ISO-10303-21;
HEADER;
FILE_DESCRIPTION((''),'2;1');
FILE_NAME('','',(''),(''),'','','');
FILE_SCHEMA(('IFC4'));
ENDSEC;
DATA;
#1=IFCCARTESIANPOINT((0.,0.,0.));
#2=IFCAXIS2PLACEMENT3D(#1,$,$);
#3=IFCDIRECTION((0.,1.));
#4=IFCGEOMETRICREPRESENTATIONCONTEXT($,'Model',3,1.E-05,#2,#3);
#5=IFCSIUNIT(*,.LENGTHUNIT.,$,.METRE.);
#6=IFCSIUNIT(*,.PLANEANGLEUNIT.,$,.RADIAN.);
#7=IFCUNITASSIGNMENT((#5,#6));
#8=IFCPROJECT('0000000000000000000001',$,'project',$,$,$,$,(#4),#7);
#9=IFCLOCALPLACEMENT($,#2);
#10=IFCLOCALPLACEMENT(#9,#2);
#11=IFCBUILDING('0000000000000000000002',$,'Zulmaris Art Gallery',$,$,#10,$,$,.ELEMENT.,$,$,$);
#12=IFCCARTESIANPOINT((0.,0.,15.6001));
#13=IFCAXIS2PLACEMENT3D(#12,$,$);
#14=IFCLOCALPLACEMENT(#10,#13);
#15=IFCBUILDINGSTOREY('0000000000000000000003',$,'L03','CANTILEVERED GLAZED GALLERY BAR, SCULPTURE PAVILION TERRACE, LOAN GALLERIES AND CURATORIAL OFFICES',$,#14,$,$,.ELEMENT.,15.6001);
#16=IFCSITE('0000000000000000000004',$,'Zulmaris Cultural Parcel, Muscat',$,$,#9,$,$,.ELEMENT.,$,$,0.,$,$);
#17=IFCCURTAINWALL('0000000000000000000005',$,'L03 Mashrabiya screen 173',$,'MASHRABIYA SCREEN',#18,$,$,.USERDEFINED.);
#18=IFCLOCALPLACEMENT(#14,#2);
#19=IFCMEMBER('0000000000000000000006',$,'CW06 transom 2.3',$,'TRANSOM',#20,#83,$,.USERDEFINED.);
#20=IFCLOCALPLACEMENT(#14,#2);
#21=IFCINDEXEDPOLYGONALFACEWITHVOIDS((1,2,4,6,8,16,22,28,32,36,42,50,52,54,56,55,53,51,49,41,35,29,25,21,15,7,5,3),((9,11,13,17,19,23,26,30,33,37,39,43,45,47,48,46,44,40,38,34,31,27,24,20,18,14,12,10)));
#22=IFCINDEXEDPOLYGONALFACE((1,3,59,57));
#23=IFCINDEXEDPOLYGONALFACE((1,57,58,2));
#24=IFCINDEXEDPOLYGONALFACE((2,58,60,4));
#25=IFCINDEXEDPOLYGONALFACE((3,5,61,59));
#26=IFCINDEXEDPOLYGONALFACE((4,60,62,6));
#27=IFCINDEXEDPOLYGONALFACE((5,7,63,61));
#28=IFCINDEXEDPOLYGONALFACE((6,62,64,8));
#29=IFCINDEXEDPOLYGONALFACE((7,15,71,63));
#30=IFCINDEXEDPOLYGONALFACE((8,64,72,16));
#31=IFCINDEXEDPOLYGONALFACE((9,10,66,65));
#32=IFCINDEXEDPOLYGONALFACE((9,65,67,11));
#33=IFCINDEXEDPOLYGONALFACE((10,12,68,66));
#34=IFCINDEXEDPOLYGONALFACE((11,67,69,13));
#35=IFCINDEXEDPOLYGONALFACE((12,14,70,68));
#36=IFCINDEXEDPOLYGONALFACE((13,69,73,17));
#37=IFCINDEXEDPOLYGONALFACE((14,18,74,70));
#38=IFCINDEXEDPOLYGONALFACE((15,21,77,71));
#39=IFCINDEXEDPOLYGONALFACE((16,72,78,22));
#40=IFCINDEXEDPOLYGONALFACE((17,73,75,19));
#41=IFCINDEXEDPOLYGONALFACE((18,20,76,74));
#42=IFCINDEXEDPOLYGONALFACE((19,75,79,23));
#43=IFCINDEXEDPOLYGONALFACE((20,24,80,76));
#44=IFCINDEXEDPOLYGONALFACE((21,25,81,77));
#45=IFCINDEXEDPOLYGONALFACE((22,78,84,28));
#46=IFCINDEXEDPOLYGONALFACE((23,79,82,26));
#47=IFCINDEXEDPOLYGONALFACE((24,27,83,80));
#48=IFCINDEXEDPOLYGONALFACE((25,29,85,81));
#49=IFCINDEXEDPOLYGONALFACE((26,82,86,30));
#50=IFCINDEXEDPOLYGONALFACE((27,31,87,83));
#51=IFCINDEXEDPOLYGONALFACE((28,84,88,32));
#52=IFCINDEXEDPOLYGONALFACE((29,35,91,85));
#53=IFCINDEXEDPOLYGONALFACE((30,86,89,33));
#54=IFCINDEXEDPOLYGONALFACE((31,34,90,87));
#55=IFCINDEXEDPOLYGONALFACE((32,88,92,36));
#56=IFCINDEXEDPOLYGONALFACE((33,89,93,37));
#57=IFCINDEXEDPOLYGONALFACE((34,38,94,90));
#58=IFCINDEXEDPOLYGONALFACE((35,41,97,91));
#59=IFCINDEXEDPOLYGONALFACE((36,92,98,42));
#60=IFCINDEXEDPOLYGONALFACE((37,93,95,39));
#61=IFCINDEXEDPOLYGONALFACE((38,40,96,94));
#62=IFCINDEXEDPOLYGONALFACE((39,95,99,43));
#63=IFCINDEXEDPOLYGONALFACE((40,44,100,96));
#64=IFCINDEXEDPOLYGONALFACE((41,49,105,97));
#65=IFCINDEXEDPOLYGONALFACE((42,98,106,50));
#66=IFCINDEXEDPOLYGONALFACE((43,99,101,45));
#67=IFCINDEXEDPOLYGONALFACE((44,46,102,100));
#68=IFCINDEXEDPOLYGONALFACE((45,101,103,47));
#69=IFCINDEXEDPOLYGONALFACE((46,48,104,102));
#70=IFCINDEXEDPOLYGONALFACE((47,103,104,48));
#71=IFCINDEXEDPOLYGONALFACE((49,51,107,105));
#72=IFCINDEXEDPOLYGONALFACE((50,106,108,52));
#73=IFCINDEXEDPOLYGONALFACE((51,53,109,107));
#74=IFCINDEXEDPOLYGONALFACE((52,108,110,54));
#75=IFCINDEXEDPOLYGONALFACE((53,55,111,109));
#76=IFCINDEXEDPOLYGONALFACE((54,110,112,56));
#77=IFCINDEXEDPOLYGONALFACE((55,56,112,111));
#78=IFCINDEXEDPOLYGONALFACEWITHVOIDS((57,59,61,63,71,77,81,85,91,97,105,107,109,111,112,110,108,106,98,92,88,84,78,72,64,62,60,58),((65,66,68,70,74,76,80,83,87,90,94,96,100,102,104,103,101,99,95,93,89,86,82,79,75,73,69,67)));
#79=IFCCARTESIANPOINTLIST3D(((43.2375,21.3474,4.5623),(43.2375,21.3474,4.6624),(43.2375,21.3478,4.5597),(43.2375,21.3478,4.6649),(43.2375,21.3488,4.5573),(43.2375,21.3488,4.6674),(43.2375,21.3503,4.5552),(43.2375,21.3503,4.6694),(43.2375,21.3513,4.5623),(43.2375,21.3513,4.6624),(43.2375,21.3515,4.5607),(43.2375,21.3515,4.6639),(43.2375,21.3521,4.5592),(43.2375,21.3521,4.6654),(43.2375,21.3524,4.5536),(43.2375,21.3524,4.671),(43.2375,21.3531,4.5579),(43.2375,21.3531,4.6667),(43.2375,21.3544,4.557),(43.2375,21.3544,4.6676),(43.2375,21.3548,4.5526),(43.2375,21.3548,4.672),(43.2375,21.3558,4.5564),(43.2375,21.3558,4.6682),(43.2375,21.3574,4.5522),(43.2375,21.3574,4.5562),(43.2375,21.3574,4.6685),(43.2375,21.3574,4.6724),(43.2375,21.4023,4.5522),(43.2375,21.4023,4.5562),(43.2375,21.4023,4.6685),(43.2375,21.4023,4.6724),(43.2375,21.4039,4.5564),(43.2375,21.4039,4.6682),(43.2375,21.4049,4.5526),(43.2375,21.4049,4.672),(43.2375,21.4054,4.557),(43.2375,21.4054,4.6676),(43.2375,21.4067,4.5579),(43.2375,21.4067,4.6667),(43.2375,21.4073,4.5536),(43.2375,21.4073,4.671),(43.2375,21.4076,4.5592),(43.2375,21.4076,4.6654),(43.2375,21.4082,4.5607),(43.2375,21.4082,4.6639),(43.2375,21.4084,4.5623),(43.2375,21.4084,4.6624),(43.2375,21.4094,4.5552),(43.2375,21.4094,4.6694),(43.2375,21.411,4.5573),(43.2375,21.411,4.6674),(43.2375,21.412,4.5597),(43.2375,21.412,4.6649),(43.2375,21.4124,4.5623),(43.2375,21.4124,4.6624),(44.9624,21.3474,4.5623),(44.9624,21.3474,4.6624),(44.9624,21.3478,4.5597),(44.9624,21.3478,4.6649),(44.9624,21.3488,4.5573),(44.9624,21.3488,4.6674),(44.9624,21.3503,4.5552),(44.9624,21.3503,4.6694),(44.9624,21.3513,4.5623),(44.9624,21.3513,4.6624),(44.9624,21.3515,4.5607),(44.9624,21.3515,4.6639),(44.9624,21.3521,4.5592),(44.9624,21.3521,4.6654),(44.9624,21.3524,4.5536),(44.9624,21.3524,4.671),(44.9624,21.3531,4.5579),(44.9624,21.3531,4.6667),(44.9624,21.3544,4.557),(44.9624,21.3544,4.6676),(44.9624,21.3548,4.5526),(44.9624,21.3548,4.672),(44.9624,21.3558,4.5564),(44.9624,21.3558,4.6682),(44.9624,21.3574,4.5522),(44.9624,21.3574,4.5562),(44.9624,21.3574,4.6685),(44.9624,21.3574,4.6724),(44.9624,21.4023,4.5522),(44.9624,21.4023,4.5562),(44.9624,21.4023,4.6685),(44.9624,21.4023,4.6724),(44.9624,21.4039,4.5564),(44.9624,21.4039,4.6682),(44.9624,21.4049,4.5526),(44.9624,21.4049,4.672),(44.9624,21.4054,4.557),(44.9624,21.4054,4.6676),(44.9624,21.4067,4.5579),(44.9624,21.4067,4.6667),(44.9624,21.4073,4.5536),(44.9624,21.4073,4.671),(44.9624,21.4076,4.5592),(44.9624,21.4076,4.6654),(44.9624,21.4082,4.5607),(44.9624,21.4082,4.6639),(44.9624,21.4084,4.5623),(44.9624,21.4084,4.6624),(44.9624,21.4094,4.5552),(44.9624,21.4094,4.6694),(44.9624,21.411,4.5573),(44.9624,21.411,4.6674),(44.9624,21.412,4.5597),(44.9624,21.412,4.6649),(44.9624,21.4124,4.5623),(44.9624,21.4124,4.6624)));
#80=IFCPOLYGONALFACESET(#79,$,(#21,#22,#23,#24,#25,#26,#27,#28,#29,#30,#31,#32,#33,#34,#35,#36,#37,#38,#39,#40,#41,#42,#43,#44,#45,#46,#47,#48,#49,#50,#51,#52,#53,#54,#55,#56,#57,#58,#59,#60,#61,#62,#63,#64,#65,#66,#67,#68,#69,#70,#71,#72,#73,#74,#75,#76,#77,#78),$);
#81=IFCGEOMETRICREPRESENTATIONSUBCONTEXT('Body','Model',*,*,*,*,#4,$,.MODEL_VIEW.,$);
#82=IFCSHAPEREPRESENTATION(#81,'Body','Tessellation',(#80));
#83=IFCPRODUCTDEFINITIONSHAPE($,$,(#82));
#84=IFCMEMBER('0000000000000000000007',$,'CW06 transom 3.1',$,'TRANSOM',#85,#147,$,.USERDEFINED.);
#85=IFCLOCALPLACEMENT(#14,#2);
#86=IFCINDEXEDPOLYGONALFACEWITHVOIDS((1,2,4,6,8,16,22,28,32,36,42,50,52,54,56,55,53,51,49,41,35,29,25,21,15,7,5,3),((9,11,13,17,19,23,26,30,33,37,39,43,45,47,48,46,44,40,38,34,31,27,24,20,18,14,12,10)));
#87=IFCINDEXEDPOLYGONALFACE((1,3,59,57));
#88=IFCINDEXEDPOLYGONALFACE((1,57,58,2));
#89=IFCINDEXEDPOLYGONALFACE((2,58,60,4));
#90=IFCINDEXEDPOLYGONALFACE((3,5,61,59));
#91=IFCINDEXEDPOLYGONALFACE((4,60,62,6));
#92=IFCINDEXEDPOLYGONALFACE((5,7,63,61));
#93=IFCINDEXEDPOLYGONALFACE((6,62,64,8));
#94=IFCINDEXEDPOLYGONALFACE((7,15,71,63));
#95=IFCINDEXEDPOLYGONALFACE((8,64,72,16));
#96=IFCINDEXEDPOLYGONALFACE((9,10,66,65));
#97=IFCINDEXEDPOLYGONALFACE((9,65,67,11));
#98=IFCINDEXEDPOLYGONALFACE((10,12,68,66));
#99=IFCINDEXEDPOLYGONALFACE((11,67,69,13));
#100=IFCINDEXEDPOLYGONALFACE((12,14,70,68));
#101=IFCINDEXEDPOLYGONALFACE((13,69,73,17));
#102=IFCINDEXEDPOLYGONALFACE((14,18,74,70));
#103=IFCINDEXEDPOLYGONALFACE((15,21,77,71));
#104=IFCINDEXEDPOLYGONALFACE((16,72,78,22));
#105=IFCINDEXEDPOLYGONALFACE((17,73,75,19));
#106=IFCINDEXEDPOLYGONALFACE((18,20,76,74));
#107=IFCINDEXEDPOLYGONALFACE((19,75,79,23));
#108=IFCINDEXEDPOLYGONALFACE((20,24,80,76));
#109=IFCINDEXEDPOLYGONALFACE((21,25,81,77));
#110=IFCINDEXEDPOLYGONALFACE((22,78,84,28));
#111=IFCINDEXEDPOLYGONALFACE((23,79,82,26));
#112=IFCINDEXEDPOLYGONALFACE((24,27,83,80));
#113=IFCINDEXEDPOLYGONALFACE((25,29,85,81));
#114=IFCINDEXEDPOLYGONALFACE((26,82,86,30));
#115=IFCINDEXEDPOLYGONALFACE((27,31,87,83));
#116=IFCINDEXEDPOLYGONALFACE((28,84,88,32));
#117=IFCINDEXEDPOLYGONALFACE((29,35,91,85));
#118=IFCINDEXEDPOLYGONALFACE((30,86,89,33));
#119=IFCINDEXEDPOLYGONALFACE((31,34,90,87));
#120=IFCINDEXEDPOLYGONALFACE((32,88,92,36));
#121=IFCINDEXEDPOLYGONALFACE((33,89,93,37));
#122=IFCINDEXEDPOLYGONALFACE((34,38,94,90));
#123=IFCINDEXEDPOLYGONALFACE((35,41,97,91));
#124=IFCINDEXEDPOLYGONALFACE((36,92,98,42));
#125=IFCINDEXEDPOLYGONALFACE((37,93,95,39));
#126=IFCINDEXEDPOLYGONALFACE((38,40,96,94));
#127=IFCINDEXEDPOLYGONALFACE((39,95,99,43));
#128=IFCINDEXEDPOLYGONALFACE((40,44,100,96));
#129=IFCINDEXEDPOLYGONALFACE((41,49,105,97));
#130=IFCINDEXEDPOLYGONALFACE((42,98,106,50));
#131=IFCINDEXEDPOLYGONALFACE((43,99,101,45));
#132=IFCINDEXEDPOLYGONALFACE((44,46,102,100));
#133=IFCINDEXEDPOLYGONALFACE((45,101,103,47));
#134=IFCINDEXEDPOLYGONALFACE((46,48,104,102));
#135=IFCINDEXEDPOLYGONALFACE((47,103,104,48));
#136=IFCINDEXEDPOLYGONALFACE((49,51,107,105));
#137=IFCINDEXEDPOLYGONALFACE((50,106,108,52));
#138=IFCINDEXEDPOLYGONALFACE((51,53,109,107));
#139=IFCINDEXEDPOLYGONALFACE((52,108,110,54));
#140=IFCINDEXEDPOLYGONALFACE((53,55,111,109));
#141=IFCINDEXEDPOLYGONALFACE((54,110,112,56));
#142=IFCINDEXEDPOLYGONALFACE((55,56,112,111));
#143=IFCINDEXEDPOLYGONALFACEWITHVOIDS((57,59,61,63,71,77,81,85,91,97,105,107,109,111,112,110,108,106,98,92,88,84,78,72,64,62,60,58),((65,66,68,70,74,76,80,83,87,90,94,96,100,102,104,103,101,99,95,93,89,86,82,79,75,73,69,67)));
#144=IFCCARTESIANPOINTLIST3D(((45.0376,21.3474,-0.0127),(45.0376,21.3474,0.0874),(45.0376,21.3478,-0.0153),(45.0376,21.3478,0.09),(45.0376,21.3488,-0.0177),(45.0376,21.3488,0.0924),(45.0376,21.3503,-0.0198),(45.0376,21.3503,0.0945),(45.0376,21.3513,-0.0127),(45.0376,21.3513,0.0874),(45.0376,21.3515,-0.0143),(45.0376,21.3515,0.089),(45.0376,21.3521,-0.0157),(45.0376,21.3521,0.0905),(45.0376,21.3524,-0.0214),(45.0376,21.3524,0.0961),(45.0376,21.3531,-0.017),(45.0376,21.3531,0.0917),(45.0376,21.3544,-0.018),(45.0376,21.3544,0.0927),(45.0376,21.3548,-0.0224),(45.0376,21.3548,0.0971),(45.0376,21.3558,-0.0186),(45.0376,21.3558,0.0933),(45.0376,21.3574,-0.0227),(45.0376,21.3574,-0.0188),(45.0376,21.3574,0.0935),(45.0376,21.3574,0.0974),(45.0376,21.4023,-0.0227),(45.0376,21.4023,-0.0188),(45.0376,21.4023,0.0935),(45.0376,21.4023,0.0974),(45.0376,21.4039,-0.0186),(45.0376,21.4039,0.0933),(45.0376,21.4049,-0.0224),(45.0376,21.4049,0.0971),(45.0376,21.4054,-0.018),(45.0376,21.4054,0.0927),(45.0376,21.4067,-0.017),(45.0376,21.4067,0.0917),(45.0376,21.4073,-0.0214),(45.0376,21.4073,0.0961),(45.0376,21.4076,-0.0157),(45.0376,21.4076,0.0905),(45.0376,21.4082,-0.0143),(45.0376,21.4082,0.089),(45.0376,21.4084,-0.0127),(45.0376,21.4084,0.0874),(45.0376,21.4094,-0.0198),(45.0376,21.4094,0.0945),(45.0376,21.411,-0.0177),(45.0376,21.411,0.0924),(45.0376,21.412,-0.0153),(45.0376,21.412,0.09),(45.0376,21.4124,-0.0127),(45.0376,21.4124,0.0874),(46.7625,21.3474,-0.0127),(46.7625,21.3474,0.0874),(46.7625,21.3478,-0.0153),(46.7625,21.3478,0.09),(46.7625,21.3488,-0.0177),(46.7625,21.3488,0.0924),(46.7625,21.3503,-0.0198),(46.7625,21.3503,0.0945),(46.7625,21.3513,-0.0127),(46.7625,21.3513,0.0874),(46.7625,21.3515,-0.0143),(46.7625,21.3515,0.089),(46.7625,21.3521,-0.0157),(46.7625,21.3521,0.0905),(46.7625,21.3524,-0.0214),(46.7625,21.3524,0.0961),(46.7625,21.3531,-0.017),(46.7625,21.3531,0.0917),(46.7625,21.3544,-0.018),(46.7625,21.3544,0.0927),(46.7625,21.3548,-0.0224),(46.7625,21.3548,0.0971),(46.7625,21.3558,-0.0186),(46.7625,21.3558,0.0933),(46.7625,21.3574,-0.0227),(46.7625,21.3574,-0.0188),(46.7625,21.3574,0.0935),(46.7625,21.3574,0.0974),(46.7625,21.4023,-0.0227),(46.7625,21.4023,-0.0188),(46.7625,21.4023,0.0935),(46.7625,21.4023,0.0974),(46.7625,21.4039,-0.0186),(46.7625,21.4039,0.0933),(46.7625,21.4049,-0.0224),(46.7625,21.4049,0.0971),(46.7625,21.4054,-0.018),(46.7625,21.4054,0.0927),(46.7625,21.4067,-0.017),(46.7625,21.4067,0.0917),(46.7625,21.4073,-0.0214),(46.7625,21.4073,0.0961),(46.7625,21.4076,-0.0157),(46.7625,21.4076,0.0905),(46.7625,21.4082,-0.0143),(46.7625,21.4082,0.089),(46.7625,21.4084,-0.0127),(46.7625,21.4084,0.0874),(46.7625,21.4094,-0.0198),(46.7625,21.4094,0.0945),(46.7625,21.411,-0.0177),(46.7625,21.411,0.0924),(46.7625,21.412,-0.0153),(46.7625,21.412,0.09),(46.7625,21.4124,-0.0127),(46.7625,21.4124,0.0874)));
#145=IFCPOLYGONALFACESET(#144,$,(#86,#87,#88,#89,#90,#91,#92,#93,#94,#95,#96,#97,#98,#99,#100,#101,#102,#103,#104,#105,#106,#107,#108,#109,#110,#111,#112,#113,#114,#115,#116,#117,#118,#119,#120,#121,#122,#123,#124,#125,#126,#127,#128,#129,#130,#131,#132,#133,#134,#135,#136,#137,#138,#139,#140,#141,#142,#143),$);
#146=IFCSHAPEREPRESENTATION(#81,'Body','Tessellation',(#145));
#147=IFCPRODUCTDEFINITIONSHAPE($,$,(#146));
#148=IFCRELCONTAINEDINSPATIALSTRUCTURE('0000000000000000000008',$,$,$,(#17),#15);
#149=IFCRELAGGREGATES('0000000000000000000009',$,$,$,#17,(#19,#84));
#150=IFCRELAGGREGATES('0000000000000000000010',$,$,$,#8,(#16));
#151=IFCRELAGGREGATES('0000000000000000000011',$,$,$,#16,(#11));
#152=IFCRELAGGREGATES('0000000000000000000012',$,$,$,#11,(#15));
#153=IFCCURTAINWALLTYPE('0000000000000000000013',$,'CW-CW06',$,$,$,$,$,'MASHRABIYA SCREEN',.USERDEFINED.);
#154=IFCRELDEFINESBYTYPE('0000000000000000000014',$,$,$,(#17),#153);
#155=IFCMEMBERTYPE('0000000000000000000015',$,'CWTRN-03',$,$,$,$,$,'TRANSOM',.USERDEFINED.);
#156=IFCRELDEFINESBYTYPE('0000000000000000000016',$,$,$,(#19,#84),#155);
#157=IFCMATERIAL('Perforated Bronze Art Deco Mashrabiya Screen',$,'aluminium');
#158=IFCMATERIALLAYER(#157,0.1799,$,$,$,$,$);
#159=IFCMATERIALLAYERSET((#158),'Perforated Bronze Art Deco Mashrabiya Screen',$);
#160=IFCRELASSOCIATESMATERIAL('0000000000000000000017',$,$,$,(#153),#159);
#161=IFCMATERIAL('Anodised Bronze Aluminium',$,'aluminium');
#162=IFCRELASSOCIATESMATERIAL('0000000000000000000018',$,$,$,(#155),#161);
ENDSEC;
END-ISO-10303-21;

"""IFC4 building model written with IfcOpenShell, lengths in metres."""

from ifc_helpers import new_model, si_unit, direction, frame, origin, origin_2d, place, context, subcontext, project, spatial, hollow_rectangle, extrude, material, layer, layer_set, material_profile, profile_set, type_object, element, aggregate, save


model = new_model("IFC4")

# Units and contexts
model_context = context("Model", 3, precision=1e-05, world=origin(), true_north=direction((0.0, 1.0)))
body_context = subcontext(model_context, "Body", "Model", "MODEL_VIEW")
ifc_project = project(units=[si_unit("LENGTHUNIT", "METRE"), si_unit("PLANEANGLEUNIT", "RADIAN")], contexts=[model_context])

# Site, building, storey
site_placement = place(None, origin())
site = spatial("IfcSite", under=ifc_project, at=site_placement, Name="Zulmaris Cultural Parcel, Muscat", CompositionType="ELEMENT", RefElevation=0.0)
building_placement = place(site_placement, origin())
building = spatial("IfcBuilding", under=site, at=building_placement, Name="Zulmaris Art Gallery", CompositionType="ELEMENT")
storey_placement = place(building_placement, frame((0.0, 0.0, 15.6001)))
storey = spatial("IfcBuildingStorey", under=building, at=storey_placement, Name="L03", Description="CANTILEVERED GLAZED GALLERY BAR, SCULPTURE PAVILION TERRACE, LOAN GALLERIES AND CURATORIAL OFFICES", CompositionType="ELEMENT", Elevation=15.6001)

# Curtain wall
ifc_material_1 = material(Name="Anodised Bronze Aluminium", Category="aluminium")
ifc_material_2 = material(Name="Perforated Bronze Art Deco Mashrabiya Screen", Category="aluminium")
ifc_layer_1 = layer(ifc_material_2, 0.1799)
ifc_layer_set_1 = layer_set([ifc_layer_1], Name="Perforated Bronze Art Deco Mashrabiya Screen")
curtain_wall_type_1 = type_object("IfcCurtainWallType", Name="CW-CW06", ElementType="MASHRABIYA SCREEN", PredefinedType="USERDEFINED", material=ifc_layer_set_1)
curtain_wall_1_placement = place(storey_placement, origin())
curtain_wall_1 = element("IfcCurtainWall", 1, at=curtain_wall_1_placement, inside=storey, type_object=curtain_wall_type_1, Name="L03 Mashrabiya screen 173", ObjectType="MASHRABIYA SCREEN", PredefinedType="USERDEFINED")

# Members
ifc_material_profile_1 = material_profile(ifc_material_1, hollow_rectangle(XDim=0.0649, YDim=0.1201, WallThickness=0.0039, InnerFilletRadius=0.0061, OuterFilletRadius=0.01, at=origin_2d()), Name="ALU 65x120x4")
ifc_profile_set_1 = profile_set([ifc_material_profile_1], Name="Anodised Bronze Aluminium")
member_type_1 = type_object("IfcMemberType", Name="CWTRN-03", ElementType="TRANSOM", PredefinedType="USERDEFINED", material=ifc_profile_set_1)
member_1_placement = place(storey_placement, frame((43.2375, 21.3799, 4.6123), z_axis=(1.0, 0.0, 0.0), x_axis=(0.0, 1.0, 0.0)))
member_1 = element("IfcMember", 2, at=member_1_placement, type_object=member_type_1, Name="CW06 transom 2.3", ObjectType="TRANSOM", PredefinedType="USERDEFINED", context=body_context, shape_type="SweptSolid", body=[
    extrude(hollow_rectangle(XDim=0.0649, YDim=0.1201, WallThickness=0.0039, InnerFilletRadius=0.0061, OuterFilletRadius=0.01, at=origin_2d()), origin(), (0.0, 0.0, 1.0), 1.7249),
])
member_2_placement = place(storey_placement, frame((45.0376, 21.3799, 0.0374), z_axis=(1.0, 0.0, 0.0), x_axis=(0.0, 1.0, 0.0)))
member_2 = element("IfcMember", 3, at=member_2_placement, type_object=member_type_1, Name="CW06 transom 3.1", ObjectType="TRANSOM", PredefinedType="USERDEFINED", context=body_context, shape_type="SweptSolid", body=[
    extrude(hollow_rectangle(XDim=0.0649, YDim=0.1201, WallThickness=0.0039, InnerFilletRadius=0.0061, OuterFilletRadius=0.01, at=origin_2d()), origin(), (0.0, 0.0, 1.0), 1.7249),
])

aggregate(curtain_wall_1, [member_1, member_2])

save(model, "model.ifc")
